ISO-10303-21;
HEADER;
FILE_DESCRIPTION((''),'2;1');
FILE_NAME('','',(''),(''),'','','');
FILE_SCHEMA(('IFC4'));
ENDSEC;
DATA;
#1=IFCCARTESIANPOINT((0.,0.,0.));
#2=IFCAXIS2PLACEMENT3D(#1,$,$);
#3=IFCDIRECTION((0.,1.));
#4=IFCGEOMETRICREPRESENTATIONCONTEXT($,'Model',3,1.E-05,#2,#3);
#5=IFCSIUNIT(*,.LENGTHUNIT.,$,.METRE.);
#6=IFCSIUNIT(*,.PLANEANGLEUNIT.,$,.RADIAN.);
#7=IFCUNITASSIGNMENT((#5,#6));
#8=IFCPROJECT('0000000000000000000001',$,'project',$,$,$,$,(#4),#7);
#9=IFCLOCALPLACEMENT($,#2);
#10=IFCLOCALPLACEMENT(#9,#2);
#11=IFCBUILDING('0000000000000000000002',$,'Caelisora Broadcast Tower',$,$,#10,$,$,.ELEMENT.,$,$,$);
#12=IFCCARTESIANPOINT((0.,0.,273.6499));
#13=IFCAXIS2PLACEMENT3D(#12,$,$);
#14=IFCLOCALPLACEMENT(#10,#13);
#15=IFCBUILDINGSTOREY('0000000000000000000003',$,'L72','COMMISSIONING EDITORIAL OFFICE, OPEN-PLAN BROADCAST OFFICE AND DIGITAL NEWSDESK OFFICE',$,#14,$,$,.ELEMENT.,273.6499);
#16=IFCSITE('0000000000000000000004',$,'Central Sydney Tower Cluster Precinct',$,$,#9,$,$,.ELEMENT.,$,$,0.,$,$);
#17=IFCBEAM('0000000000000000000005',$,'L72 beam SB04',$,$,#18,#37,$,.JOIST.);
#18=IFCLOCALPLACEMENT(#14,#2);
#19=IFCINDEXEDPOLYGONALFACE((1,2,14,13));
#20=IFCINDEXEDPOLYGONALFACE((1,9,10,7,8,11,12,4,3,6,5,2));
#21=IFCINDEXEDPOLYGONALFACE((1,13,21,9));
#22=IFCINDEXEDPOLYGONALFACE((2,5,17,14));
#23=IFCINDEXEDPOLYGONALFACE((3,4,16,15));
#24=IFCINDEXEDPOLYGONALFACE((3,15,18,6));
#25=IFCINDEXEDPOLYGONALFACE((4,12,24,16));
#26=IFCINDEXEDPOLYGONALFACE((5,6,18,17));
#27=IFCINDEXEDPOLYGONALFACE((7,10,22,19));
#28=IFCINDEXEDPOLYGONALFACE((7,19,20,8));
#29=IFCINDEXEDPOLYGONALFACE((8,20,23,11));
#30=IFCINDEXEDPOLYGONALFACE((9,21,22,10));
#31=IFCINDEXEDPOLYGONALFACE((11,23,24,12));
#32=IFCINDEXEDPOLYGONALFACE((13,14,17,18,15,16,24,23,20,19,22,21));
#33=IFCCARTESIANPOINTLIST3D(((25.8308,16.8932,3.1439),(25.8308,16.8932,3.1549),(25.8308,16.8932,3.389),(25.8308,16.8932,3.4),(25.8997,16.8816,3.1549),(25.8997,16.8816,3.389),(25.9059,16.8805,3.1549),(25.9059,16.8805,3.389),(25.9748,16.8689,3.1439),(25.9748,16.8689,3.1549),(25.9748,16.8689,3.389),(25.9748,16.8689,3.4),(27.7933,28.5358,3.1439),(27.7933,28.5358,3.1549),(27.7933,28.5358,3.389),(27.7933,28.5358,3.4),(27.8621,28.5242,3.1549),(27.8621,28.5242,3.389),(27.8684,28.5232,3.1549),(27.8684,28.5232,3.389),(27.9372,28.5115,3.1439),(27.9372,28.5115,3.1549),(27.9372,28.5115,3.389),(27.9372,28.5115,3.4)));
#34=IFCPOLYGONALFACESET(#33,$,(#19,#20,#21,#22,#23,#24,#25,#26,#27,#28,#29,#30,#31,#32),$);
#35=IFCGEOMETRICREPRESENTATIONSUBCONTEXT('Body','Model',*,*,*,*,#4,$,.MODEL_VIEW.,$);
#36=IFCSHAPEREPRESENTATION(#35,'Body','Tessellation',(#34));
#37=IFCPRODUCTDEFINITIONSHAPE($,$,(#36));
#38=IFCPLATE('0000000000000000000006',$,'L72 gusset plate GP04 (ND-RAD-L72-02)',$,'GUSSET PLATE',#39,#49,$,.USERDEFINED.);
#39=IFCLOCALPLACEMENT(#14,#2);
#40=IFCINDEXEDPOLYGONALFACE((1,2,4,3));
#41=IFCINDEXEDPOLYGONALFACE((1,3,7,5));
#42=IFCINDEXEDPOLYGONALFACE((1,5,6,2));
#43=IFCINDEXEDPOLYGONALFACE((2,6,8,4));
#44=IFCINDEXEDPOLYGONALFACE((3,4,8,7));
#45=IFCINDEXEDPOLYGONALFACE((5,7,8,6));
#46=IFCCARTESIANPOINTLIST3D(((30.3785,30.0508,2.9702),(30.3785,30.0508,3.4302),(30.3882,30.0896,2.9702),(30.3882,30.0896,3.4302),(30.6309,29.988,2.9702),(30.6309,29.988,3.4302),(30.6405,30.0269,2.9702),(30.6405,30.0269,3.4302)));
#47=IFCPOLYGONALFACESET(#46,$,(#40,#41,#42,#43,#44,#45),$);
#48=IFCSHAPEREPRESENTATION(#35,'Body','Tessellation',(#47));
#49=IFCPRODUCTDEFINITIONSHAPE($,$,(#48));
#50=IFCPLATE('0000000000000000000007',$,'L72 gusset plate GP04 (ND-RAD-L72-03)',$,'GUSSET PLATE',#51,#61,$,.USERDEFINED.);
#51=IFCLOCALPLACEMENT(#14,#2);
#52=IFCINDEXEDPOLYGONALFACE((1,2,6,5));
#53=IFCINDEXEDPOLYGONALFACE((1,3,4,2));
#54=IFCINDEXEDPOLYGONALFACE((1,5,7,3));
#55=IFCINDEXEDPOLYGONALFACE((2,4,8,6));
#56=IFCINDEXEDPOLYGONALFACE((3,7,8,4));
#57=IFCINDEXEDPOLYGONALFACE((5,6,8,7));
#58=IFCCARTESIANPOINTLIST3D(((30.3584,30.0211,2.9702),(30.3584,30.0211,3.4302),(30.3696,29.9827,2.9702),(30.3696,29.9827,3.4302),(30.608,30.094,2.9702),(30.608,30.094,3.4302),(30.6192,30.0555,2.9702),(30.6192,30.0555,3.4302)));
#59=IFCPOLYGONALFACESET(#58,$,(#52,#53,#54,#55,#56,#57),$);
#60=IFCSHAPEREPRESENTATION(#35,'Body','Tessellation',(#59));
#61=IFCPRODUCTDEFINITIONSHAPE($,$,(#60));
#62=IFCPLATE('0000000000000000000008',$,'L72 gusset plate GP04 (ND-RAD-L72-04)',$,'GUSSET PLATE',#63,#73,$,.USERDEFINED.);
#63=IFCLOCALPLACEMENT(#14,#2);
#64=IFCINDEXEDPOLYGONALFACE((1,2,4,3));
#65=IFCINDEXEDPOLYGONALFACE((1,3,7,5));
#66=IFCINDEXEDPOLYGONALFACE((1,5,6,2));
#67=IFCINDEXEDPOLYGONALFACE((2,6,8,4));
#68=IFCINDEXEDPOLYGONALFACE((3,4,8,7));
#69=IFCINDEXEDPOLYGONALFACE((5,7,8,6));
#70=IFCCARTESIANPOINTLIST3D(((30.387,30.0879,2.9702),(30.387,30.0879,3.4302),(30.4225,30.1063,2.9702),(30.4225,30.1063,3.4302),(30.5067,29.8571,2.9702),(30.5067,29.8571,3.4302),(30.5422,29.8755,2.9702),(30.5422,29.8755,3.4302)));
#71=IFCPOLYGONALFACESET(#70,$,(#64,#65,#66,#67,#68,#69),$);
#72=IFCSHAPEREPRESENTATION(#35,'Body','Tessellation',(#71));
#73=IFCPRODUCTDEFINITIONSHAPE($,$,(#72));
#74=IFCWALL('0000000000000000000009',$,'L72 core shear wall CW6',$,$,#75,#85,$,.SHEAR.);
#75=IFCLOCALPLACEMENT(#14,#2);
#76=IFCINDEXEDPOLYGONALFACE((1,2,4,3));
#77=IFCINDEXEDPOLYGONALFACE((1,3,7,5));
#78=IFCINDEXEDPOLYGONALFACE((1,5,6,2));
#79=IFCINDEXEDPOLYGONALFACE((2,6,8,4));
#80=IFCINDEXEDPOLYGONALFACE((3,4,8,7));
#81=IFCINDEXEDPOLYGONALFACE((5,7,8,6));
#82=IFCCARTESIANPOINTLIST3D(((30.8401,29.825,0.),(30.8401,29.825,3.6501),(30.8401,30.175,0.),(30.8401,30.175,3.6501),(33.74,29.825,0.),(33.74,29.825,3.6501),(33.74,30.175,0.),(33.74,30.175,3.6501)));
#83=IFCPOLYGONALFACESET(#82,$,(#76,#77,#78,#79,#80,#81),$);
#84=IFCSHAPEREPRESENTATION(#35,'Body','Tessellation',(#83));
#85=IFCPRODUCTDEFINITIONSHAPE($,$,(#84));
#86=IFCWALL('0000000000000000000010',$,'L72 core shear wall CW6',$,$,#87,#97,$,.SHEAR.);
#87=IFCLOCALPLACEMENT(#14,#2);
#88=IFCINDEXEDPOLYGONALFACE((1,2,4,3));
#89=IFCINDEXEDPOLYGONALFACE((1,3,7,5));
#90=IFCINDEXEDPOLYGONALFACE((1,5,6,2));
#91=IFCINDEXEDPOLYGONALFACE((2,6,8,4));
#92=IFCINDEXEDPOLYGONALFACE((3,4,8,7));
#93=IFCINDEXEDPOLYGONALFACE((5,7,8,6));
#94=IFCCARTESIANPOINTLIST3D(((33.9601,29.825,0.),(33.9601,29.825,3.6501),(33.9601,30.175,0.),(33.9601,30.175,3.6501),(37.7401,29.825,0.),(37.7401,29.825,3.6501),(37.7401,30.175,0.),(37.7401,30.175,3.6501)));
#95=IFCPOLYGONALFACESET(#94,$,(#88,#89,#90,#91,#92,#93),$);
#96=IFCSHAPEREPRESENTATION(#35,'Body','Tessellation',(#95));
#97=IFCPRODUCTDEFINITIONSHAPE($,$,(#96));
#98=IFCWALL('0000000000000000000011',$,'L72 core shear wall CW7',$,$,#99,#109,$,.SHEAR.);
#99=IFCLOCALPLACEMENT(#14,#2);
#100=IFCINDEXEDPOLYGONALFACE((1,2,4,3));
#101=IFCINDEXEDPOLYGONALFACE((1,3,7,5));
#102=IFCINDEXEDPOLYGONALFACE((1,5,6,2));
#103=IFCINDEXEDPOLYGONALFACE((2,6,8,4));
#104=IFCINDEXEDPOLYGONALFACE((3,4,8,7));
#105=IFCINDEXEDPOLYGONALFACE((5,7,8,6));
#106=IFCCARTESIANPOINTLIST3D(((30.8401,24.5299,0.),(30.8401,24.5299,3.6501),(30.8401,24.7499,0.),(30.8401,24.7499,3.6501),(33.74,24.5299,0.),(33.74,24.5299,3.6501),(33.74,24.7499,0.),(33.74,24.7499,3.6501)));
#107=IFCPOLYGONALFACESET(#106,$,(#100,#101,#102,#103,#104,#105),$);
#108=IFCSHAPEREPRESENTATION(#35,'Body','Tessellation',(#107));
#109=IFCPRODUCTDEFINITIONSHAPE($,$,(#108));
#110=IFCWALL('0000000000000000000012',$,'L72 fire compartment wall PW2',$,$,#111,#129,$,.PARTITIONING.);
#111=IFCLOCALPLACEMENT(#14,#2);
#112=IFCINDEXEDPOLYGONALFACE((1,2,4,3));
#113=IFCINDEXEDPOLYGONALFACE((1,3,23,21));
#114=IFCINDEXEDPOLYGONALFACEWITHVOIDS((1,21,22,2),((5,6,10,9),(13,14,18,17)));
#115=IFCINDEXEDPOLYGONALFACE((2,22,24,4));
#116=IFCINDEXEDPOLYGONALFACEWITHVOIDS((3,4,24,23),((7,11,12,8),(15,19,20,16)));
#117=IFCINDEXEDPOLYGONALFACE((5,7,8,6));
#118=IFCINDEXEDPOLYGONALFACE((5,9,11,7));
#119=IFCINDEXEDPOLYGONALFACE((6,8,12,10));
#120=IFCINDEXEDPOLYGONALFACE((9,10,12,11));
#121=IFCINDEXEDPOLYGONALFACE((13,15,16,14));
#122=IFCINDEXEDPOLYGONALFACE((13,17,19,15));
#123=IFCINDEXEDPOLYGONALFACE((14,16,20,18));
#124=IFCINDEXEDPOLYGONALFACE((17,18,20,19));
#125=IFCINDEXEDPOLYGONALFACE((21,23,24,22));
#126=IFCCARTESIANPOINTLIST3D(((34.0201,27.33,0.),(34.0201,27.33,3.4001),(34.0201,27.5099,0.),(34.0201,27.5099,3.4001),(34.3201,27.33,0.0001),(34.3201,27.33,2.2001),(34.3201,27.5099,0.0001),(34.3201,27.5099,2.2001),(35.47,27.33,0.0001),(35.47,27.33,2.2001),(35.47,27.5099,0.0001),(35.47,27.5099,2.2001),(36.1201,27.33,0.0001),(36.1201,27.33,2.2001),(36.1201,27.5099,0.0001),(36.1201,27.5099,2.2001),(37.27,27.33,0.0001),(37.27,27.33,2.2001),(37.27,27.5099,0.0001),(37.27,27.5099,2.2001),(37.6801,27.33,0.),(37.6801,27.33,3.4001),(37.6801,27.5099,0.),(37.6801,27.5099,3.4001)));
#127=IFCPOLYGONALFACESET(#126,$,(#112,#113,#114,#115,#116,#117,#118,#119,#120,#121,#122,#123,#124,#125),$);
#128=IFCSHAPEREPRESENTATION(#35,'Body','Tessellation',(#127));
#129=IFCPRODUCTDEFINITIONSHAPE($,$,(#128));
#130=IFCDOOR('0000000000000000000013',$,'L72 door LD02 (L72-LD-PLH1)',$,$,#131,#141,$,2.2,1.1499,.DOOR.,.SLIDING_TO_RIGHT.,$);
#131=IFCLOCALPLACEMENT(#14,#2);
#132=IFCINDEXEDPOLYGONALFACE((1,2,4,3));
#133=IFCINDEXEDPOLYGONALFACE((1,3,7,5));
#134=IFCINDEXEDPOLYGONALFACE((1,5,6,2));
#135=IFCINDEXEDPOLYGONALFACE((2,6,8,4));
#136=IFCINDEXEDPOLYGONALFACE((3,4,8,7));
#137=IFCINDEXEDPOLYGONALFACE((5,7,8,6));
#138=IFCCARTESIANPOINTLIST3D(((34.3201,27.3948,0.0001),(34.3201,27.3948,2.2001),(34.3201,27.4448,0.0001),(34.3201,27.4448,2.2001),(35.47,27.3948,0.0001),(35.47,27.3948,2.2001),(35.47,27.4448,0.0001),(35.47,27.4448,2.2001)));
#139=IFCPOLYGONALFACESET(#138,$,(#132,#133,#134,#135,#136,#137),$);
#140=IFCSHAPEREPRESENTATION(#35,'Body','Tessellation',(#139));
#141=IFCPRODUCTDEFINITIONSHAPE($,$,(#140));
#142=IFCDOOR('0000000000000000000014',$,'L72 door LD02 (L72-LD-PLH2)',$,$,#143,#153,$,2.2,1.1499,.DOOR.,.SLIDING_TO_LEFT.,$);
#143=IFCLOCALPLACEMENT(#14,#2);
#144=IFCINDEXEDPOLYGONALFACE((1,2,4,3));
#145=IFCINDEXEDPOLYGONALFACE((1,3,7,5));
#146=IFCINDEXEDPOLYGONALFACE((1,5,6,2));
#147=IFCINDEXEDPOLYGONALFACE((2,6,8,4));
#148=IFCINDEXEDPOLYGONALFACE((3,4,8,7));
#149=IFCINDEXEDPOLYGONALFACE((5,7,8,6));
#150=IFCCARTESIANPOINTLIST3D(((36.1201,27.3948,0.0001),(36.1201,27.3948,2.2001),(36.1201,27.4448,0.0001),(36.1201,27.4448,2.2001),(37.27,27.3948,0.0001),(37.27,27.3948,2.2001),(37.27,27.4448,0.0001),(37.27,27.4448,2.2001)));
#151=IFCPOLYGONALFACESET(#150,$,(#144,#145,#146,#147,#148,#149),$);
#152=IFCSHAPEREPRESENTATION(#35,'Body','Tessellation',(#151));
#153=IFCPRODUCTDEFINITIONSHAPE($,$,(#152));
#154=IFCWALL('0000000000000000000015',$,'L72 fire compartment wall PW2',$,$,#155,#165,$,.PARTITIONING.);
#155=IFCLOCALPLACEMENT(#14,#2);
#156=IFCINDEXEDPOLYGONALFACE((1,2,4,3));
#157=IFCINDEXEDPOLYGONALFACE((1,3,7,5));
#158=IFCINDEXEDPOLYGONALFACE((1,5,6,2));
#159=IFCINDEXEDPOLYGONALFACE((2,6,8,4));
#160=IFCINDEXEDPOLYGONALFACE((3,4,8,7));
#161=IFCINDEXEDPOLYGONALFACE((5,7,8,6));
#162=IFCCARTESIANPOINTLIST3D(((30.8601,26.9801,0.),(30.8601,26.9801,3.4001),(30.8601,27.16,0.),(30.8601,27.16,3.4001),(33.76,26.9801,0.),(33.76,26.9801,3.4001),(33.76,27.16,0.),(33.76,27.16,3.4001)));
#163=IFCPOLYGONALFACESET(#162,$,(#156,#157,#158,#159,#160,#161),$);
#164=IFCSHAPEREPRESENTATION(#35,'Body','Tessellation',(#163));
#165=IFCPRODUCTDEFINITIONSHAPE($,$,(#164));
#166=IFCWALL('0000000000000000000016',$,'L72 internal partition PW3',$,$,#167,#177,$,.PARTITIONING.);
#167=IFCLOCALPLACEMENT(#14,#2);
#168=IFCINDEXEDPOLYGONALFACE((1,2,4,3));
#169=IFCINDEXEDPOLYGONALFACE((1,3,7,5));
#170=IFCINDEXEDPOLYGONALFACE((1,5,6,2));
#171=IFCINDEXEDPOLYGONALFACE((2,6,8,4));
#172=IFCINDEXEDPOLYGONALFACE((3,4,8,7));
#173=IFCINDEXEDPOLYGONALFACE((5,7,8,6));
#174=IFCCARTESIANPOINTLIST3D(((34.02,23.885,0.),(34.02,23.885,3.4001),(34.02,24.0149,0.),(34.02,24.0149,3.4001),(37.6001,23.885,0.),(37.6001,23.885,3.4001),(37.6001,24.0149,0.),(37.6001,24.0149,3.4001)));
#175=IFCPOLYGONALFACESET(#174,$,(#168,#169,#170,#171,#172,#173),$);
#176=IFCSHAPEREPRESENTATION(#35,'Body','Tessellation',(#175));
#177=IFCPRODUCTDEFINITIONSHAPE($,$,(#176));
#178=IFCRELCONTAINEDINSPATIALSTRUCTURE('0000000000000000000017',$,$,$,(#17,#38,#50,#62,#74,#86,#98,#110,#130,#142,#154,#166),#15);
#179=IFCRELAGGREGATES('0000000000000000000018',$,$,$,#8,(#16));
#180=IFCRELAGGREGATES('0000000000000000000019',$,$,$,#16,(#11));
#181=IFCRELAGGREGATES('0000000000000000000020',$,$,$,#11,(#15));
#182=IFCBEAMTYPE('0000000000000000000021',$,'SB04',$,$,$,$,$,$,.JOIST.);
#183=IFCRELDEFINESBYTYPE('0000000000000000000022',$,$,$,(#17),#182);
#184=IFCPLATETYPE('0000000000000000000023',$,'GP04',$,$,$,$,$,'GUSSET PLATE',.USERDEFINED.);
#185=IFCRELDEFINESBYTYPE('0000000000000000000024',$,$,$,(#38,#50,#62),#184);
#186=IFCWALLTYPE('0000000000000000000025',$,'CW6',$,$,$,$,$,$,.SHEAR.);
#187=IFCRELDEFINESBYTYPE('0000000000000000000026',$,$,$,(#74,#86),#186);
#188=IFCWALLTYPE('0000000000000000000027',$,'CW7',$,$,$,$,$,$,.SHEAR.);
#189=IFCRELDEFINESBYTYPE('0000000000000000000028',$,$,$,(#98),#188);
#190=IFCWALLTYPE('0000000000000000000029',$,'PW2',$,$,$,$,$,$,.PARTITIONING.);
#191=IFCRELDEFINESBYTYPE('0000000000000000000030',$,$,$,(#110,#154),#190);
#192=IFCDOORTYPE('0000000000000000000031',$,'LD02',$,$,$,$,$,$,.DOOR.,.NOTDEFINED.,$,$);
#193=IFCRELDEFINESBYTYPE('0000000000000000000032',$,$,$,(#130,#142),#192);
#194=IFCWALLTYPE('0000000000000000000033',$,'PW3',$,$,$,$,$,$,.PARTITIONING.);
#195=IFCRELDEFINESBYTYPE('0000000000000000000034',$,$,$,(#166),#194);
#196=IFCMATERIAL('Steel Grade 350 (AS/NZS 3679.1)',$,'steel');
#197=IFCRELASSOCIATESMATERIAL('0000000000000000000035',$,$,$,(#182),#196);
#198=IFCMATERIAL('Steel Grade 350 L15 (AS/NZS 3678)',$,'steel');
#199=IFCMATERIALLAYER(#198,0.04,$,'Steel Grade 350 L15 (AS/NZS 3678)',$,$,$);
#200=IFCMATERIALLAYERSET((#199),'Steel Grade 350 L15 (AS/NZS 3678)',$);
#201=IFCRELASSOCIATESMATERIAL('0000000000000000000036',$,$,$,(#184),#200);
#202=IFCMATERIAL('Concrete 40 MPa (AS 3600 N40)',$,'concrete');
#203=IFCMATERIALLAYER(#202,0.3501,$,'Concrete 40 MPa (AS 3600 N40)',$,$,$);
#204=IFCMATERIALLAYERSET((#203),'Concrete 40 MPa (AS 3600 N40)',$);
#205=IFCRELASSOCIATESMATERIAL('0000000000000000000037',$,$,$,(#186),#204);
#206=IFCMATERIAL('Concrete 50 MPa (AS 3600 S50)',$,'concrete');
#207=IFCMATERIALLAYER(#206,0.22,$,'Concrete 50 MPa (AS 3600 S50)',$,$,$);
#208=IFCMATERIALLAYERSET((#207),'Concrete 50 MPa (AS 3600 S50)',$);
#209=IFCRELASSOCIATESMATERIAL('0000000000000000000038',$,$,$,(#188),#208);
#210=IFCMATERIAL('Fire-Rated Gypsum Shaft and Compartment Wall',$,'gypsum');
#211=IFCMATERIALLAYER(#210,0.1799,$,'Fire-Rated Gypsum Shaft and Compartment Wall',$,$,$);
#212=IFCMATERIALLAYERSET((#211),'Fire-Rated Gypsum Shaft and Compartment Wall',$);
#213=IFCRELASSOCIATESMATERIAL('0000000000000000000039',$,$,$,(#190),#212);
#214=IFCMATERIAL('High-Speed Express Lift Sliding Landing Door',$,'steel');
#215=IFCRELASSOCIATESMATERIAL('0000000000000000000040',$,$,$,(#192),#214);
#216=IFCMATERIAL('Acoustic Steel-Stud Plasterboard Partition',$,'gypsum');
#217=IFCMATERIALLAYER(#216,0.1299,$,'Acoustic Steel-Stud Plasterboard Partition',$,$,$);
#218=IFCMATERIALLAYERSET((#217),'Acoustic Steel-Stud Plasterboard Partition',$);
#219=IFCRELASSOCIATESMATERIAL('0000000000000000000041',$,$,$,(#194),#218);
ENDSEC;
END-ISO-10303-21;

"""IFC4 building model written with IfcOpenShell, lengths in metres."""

from ifc_helpers import new_model, si_unit, direction, frame, frame_2d, origin, origin_2d, place, context, subcontext, project, spatial, rectangle, i_section, extrude, source, transform, mapped, material, layer, layer_set, material_profile, profile_set, type_object, type_shapes, element, fill, save


model = new_model("IFC4")

# Units and contexts
model_context = context("Model", 3, precision=1e-05, world=origin(), true_north=direction((0.0, 1.0)))
body_context = subcontext(model_context, "Body", "Model", "MODEL_VIEW")
ifc_project = project(units=[si_unit("LENGTHUNIT", "METRE"), si_unit("PLANEANGLEUNIT", "RADIAN")], contexts=[model_context])

# Site, building, storey
site_placement = place(None, origin())
site = spatial("IfcSite", under=ifc_project, at=site_placement, Name="Central Sydney Tower Cluster Precinct", CompositionType="ELEMENT", RefElevation=0.0)
building_placement = place(site_placement, origin())
building = spatial("IfcBuilding", under=site, at=building_placement, Name="Caelisora Broadcast Tower", CompositionType="ELEMENT")
storey_placement = place(building_placement, frame((0.0, 0.0, 273.6499)))
storey = spatial("IfcBuildingStorey", under=building, at=storey_placement, Name="L72", Description="COMMISSIONING EDITORIAL OFFICE, OPEN-PLAN BROADCAST OFFICE AND DIGITAL NEWSDESK OFFICE", CompositionType="ELEMENT", Elevation=273.6499)

# Shared definitions
ifc_material_1 = material(Name="Steel Grade 350 (AS/NZS 3679.1)", Category="steel")

# Beam
ifc_material_profile_1 = material_profile(ifc_material_1, i_section(OverallWidth=0.146, OverallDepth=0.2561, WebThickness=0.0063, FlangeThickness=0.011, at=origin_2d()), Name="Steel Grade 350 (AS/NZS 3679.1)")
ifc_profile_set_1 = profile_set([ifc_material_profile_1], Name="Steel Grade 350 (AS/NZS 3679.1)")
beam_type_1 = type_object("IfcBeamType", Name="SB04", PredefinedType="JOIST", material=ifc_profile_set_1)
shared_shape_1 = source(origin(), body_context, "Body", "SweptSolid", [
    extrude(i_section(OverallWidth=0.146, OverallDepth=0.2561, WebThickness=0.0063, FlangeThickness=0.011, at=origin_2d()), origin(), (0.0, 0.0, 1.0), 11.8069),
])
beam_1_placement = place(storey_placement, frame((27.8652, 28.5237, 3.272), z_axis=(-0.166209, -0.98609, 0.0), x_axis=(0.98609, -0.166209, 0.0)))
element("IfcBeam", 1, at=beam_1_placement, inside=storey, type_object=beam_type_1, Name="L72 beam SB04", PredefinedType="JOIST", context=body_context, shape_type="MappedRepresentation", body=[
    mapped(shared_shape_1, transform((0.0, 0.0, 0.0), scale=1.0)),
])

# Plates
ifc_material_2 = material(Name="Steel Grade 350 L15 (AS/NZS 3678)", Category="steel")
ifc_layer_1 = layer(ifc_material_2, 0.04, Name="Steel Grade 350 L15 (AS/NZS 3678)")
ifc_layer_set_1 = layer_set([ifc_layer_1], Name="Steel Grade 350 L15 (AS/NZS 3678)")
plate_type = type_object("IfcPlateType", Name="GP04", ElementType="GUSSET PLATE", PredefinedType="USERDEFINED", material=ifc_layer_set_1)
shared_shape_2 = source(origin(), body_context, "Body", "SweptSolid", [
    extrude(rectangle(XDim=0.26, YDim=0.04, at=origin_2d()), origin(), (0.0, 0.0, 1.0), 0.46),
])
type_shapes(plate_type, [shared_shape_2])
for number, where, z_axis, x_axis, name in (
    (2, (30.5095, 30.0388, 2.9702), (0.0, 0.0, 1.0), (-0.970464, 0.241244, 0.0), "L72 gusset plate GP04 (ND-RAD-L72-02)"),
    (3, (30.4888, 30.0383, 2.9702), (0.0, 0.0, 1.0), (-0.959952, -0.280164, 0.0), "L72 gusset plate GP04 (ND-RAD-L72-03)"),
    (4, (30.4646, 29.9817, 2.9702), (0.0, 0.0, 1.0), (0.460355, -0.887735, 0.0), "L72 gusset plate GP04 (ND-RAD-L72-04)"),
):
    element("IfcPlate", number, at=place(storey_placement, frame(where, z_axis=z_axis, x_axis=x_axis)), inside=storey, type_object=plate_type, Name=name, ObjectType="GUSSET PLATE", PredefinedType="USERDEFINED", context=body_context, shape_type="MappedRepresentation", body=[
        mapped(shared_shape_2, transform((0.0, 0.0, 0.0), scale=1.0)),
    ])

# Walls
ifc_material_3 = material(Name="Concrete 40 MPa (AS 3600 N40)", Category="concrete")
ifc_layer_2 = layer(ifc_material_3, 0.3501, Name="Concrete 40 MPa (AS 3600 N40)")
ifc_layer_set_2 = layer_set([ifc_layer_2], Name="Concrete 40 MPa (AS 3600 N40)")
wall_type_1 = type_object("IfcWallType", Name="CW6", PredefinedType="SHEAR", material=ifc_layer_set_2)
wall_1_placement = place(storey_placement, frame((30.8401, 30.0, 0.0), z_axis=(0.0, 0.0, 1.0), x_axis=(1.0, 0.0, 0.0)))
element("IfcWall", 5, at=wall_1_placement, inside=storey, type_object=wall_type_1, Name="L72 core shear wall CW6", PredefinedType="SHEAR", context=body_context, shape_type="SweptSolid", body=[
    extrude(rectangle(XDim=2.8999, YDim=0.3501, at=frame_2d((1.45, 0.0))), origin(), (0.0, 0.0, 1.0), 3.6501),
])
wall_2_placement = place(storey_placement, frame((33.96, 30.0, 0.0), z_axis=(0.0, 0.0, 1.0), x_axis=(1.0, 0.0, 0.0)))
element("IfcWall", 6, at=wall_2_placement, inside=storey, type_object=wall_type_1, Name="L72 core shear wall CW6", PredefinedType="SHEAR", context=body_context, shape_type="SweptSolid", body=[
    extrude(rectangle(XDim=3.78, YDim=0.3501, at=frame_2d((1.8901, 0.0))), origin(), (0.0, 0.0, 1.0), 3.6501),
])
ifc_material_4 = material(Name="Concrete 50 MPa (AS 3600 S50)", Category="concrete")
ifc_layer_3 = layer(ifc_material_4, 0.22, Name="Concrete 50 MPa (AS 3600 S50)")
ifc_layer_set_3 = layer_set([ifc_layer_3], Name="Concrete 50 MPa (AS 3600 S50)")
wall_type_2 = type_object("IfcWallType", Name="CW7", PredefinedType="SHEAR", material=ifc_layer_set_3)
wall_3_placement = place(storey_placement, frame((30.8401, 24.6399, 0.0), z_axis=(0.0, 0.0, 1.0), x_axis=(1.0, 0.0, 0.0)))
element("IfcWall", 7, at=wall_3_placement, inside=storey, type_object=wall_type_2, Name="L72 core shear wall CW7", PredefinedType="SHEAR", context=body_context, shape_type="SweptSolid", body=[
    extrude(rectangle(XDim=2.8999, YDim=0.22, at=frame_2d((1.45, 0.0))), origin(), (0.0, 0.0, 1.0), 3.6501),
])

# Wall, openings, doors
ifc_material_5 = material(Name="Fire-Rated Gypsum Shaft and Compartment Wall", Category="gypsum")
ifc_layer_4 = layer(ifc_material_5, 0.1799, Name="Fire-Rated Gypsum Shaft and Compartment Wall")
ifc_layer_set_4 = layer_set([ifc_layer_4], Name="Fire-Rated Gypsum Shaft and Compartment Wall")
wall_type_3 = type_object("IfcWallType", Name="PW2", PredefinedType="PARTITIONING", material=ifc_layer_set_4)
wall_4_placement = place(storey_placement, frame((34.02, 27.4199, 0.0), z_axis=(0.0, 0.0, 1.0), x_axis=(1.0, 0.0, 0.0)))
wall_4 = element("IfcWall", 8, at=wall_4_placement, inside=storey, type_object=wall_type_3, Name="L72 fire compartment wall PW2", PredefinedType="PARTITIONING", context=body_context, shape_type="SweptSolid", body=[
    extrude(rectangle(XDim=3.6599, YDim=0.1799, at=frame_2d((1.8301, 0.0))), origin(), (0.0, 0.0, 1.0), 3.4001),
])
opening_1_placement = place(wall_4_placement, frame((0.3, 0.0, 0.0)))
opening_1 = element("IfcOpeningElement", 9, at=opening_1_placement, cuts=wall_4, PredefinedType="OPENING", context=body_context, shape_type="SweptSolid", body=[
    extrude(rectangle(XDim=1.1499, YDim=2.2, at=frame_2d((0.575, 1.1001))), frame((0.0, 0.1021, 0.0), z_axis=(0.0, -1.0, 0.0), x_axis=(1.0, 0.0, 0.0)), (0.0, 0.0, 1.0), 0.2039),
])
opening_2_placement = place(wall_4_placement, frame((2.1001, 0.0, 0.0)))
opening_2 = element("IfcOpeningElement", 10, at=opening_2_placement, cuts=wall_4, PredefinedType="OPENING", context=body_context, shape_type="SweptSolid", body=[
    extrude(rectangle(XDim=1.1499, YDim=2.2, at=frame_2d((0.575, 1.1001))), frame((0.0, 0.1021, 0.0), z_axis=(0.0, -1.0, 0.0), x_axis=(1.0, 0.0, 0.0)), (0.0, 0.0, 1.0), 0.2039),
])
ifc_material_6 = material(Name="High-Speed Express Lift Sliding Landing Door", Category="steel")
door_type = type_object("IfcDoorType", Name="LD02", OperationType="NOTDEFINED", PredefinedType="DOOR", material=ifc_material_6)
door_1_placement = place(opening_1_placement, origin())
door_1 = element("IfcDoor", 11, at=door_1_placement, inside=storey, type_object=door_type, Name="L72 door LD02 (L72-LD-PLH1)", OperationType="SLIDING_TO_RIGHT", OverallHeight=2.2, OverallWidth=1.1499, PredefinedType="DOOR", context=body_context, shape_type="SweptSolid", body=[
    extrude(rectangle(XDim=1.1499, YDim=2.2, at=frame_2d((0.575, 1.1001))), frame((0.0, 0.0249, 0.0), z_axis=(0.0, -1.0, 0.0), x_axis=(1.0, 0.0, 0.0)), (0.0, 0.0, 1.0), 0.05),
])
fill(opening_1, door_1)
door_2_placement = place(opening_2_placement, origin())
door_2 = element("IfcDoor", 12, at=door_2_placement, inside=storey, type_object=door_type, Name="L72 door LD02 (L72-LD-PLH2)", OperationType="SLIDING_TO_LEFT", OverallHeight=2.2, OverallWidth=1.1499, PredefinedType="DOOR", context=body_context, shape_type="SweptSolid", body=[
    extrude(rectangle(XDim=1.1499, YDim=2.2, at=frame_2d((0.575, 1.1001))), frame((0.0, 0.0249, 0.0), z_axis=(0.0, -1.0, 0.0), x_axis=(1.0, 0.0, 0.0)), (0.0, 0.0, 1.0), 0.05),
])
fill(opening_2, door_2)

# Walls
wall_5_placement = place(storey_placement, frame((30.8601, 27.0701, 0.0), z_axis=(0.0, 0.0, 1.0), x_axis=(1.0, 0.0, 0.0)))
element("IfcWall", 13, at=wall_5_placement, inside=storey, type_object=wall_type_3, Name="L72 fire compartment wall PW2", PredefinedType="PARTITIONING", context=body_context, shape_type="SweptSolid", body=[
    extrude(rectangle(XDim=2.8999, YDim=0.1799, at=frame_2d((1.45, 0.0))), origin(), (0.0, 0.0, 1.0), 3.4001),
])
ifc_material_7 = material(Name="Acoustic Steel-Stud Plasterboard Partition", Category="gypsum")
ifc_layer_5 = layer(ifc_material_7, 0.1299, Name="Acoustic Steel-Stud Plasterboard Partition")
ifc_layer_set_5 = layer_set([ifc_layer_5], Name="Acoustic Steel-Stud Plasterboard Partition")
wall_type_4 = type_object("IfcWallType", Name="PW3", PredefinedType="PARTITIONING", material=ifc_layer_set_5)
wall_6_placement = place(storey_placement, frame((34.02, 23.95, 0.0), z_axis=(0.0, 0.0, 1.0), x_axis=(1.0, 0.0, 0.0)))
element("IfcWall", 14, at=wall_6_placement, inside=storey, type_object=wall_type_4, Name="L72 internal partition PW3", PredefinedType="PARTITIONING", context=body_context, shape_type="SweptSolid", body=[
    extrude(rectangle(XDim=3.5801, YDim=0.1299, at=frame_2d((1.79, 0.0))), origin(), (0.0, 0.0, 1.0), 3.4001),
])

save(model, "model.ifc")
